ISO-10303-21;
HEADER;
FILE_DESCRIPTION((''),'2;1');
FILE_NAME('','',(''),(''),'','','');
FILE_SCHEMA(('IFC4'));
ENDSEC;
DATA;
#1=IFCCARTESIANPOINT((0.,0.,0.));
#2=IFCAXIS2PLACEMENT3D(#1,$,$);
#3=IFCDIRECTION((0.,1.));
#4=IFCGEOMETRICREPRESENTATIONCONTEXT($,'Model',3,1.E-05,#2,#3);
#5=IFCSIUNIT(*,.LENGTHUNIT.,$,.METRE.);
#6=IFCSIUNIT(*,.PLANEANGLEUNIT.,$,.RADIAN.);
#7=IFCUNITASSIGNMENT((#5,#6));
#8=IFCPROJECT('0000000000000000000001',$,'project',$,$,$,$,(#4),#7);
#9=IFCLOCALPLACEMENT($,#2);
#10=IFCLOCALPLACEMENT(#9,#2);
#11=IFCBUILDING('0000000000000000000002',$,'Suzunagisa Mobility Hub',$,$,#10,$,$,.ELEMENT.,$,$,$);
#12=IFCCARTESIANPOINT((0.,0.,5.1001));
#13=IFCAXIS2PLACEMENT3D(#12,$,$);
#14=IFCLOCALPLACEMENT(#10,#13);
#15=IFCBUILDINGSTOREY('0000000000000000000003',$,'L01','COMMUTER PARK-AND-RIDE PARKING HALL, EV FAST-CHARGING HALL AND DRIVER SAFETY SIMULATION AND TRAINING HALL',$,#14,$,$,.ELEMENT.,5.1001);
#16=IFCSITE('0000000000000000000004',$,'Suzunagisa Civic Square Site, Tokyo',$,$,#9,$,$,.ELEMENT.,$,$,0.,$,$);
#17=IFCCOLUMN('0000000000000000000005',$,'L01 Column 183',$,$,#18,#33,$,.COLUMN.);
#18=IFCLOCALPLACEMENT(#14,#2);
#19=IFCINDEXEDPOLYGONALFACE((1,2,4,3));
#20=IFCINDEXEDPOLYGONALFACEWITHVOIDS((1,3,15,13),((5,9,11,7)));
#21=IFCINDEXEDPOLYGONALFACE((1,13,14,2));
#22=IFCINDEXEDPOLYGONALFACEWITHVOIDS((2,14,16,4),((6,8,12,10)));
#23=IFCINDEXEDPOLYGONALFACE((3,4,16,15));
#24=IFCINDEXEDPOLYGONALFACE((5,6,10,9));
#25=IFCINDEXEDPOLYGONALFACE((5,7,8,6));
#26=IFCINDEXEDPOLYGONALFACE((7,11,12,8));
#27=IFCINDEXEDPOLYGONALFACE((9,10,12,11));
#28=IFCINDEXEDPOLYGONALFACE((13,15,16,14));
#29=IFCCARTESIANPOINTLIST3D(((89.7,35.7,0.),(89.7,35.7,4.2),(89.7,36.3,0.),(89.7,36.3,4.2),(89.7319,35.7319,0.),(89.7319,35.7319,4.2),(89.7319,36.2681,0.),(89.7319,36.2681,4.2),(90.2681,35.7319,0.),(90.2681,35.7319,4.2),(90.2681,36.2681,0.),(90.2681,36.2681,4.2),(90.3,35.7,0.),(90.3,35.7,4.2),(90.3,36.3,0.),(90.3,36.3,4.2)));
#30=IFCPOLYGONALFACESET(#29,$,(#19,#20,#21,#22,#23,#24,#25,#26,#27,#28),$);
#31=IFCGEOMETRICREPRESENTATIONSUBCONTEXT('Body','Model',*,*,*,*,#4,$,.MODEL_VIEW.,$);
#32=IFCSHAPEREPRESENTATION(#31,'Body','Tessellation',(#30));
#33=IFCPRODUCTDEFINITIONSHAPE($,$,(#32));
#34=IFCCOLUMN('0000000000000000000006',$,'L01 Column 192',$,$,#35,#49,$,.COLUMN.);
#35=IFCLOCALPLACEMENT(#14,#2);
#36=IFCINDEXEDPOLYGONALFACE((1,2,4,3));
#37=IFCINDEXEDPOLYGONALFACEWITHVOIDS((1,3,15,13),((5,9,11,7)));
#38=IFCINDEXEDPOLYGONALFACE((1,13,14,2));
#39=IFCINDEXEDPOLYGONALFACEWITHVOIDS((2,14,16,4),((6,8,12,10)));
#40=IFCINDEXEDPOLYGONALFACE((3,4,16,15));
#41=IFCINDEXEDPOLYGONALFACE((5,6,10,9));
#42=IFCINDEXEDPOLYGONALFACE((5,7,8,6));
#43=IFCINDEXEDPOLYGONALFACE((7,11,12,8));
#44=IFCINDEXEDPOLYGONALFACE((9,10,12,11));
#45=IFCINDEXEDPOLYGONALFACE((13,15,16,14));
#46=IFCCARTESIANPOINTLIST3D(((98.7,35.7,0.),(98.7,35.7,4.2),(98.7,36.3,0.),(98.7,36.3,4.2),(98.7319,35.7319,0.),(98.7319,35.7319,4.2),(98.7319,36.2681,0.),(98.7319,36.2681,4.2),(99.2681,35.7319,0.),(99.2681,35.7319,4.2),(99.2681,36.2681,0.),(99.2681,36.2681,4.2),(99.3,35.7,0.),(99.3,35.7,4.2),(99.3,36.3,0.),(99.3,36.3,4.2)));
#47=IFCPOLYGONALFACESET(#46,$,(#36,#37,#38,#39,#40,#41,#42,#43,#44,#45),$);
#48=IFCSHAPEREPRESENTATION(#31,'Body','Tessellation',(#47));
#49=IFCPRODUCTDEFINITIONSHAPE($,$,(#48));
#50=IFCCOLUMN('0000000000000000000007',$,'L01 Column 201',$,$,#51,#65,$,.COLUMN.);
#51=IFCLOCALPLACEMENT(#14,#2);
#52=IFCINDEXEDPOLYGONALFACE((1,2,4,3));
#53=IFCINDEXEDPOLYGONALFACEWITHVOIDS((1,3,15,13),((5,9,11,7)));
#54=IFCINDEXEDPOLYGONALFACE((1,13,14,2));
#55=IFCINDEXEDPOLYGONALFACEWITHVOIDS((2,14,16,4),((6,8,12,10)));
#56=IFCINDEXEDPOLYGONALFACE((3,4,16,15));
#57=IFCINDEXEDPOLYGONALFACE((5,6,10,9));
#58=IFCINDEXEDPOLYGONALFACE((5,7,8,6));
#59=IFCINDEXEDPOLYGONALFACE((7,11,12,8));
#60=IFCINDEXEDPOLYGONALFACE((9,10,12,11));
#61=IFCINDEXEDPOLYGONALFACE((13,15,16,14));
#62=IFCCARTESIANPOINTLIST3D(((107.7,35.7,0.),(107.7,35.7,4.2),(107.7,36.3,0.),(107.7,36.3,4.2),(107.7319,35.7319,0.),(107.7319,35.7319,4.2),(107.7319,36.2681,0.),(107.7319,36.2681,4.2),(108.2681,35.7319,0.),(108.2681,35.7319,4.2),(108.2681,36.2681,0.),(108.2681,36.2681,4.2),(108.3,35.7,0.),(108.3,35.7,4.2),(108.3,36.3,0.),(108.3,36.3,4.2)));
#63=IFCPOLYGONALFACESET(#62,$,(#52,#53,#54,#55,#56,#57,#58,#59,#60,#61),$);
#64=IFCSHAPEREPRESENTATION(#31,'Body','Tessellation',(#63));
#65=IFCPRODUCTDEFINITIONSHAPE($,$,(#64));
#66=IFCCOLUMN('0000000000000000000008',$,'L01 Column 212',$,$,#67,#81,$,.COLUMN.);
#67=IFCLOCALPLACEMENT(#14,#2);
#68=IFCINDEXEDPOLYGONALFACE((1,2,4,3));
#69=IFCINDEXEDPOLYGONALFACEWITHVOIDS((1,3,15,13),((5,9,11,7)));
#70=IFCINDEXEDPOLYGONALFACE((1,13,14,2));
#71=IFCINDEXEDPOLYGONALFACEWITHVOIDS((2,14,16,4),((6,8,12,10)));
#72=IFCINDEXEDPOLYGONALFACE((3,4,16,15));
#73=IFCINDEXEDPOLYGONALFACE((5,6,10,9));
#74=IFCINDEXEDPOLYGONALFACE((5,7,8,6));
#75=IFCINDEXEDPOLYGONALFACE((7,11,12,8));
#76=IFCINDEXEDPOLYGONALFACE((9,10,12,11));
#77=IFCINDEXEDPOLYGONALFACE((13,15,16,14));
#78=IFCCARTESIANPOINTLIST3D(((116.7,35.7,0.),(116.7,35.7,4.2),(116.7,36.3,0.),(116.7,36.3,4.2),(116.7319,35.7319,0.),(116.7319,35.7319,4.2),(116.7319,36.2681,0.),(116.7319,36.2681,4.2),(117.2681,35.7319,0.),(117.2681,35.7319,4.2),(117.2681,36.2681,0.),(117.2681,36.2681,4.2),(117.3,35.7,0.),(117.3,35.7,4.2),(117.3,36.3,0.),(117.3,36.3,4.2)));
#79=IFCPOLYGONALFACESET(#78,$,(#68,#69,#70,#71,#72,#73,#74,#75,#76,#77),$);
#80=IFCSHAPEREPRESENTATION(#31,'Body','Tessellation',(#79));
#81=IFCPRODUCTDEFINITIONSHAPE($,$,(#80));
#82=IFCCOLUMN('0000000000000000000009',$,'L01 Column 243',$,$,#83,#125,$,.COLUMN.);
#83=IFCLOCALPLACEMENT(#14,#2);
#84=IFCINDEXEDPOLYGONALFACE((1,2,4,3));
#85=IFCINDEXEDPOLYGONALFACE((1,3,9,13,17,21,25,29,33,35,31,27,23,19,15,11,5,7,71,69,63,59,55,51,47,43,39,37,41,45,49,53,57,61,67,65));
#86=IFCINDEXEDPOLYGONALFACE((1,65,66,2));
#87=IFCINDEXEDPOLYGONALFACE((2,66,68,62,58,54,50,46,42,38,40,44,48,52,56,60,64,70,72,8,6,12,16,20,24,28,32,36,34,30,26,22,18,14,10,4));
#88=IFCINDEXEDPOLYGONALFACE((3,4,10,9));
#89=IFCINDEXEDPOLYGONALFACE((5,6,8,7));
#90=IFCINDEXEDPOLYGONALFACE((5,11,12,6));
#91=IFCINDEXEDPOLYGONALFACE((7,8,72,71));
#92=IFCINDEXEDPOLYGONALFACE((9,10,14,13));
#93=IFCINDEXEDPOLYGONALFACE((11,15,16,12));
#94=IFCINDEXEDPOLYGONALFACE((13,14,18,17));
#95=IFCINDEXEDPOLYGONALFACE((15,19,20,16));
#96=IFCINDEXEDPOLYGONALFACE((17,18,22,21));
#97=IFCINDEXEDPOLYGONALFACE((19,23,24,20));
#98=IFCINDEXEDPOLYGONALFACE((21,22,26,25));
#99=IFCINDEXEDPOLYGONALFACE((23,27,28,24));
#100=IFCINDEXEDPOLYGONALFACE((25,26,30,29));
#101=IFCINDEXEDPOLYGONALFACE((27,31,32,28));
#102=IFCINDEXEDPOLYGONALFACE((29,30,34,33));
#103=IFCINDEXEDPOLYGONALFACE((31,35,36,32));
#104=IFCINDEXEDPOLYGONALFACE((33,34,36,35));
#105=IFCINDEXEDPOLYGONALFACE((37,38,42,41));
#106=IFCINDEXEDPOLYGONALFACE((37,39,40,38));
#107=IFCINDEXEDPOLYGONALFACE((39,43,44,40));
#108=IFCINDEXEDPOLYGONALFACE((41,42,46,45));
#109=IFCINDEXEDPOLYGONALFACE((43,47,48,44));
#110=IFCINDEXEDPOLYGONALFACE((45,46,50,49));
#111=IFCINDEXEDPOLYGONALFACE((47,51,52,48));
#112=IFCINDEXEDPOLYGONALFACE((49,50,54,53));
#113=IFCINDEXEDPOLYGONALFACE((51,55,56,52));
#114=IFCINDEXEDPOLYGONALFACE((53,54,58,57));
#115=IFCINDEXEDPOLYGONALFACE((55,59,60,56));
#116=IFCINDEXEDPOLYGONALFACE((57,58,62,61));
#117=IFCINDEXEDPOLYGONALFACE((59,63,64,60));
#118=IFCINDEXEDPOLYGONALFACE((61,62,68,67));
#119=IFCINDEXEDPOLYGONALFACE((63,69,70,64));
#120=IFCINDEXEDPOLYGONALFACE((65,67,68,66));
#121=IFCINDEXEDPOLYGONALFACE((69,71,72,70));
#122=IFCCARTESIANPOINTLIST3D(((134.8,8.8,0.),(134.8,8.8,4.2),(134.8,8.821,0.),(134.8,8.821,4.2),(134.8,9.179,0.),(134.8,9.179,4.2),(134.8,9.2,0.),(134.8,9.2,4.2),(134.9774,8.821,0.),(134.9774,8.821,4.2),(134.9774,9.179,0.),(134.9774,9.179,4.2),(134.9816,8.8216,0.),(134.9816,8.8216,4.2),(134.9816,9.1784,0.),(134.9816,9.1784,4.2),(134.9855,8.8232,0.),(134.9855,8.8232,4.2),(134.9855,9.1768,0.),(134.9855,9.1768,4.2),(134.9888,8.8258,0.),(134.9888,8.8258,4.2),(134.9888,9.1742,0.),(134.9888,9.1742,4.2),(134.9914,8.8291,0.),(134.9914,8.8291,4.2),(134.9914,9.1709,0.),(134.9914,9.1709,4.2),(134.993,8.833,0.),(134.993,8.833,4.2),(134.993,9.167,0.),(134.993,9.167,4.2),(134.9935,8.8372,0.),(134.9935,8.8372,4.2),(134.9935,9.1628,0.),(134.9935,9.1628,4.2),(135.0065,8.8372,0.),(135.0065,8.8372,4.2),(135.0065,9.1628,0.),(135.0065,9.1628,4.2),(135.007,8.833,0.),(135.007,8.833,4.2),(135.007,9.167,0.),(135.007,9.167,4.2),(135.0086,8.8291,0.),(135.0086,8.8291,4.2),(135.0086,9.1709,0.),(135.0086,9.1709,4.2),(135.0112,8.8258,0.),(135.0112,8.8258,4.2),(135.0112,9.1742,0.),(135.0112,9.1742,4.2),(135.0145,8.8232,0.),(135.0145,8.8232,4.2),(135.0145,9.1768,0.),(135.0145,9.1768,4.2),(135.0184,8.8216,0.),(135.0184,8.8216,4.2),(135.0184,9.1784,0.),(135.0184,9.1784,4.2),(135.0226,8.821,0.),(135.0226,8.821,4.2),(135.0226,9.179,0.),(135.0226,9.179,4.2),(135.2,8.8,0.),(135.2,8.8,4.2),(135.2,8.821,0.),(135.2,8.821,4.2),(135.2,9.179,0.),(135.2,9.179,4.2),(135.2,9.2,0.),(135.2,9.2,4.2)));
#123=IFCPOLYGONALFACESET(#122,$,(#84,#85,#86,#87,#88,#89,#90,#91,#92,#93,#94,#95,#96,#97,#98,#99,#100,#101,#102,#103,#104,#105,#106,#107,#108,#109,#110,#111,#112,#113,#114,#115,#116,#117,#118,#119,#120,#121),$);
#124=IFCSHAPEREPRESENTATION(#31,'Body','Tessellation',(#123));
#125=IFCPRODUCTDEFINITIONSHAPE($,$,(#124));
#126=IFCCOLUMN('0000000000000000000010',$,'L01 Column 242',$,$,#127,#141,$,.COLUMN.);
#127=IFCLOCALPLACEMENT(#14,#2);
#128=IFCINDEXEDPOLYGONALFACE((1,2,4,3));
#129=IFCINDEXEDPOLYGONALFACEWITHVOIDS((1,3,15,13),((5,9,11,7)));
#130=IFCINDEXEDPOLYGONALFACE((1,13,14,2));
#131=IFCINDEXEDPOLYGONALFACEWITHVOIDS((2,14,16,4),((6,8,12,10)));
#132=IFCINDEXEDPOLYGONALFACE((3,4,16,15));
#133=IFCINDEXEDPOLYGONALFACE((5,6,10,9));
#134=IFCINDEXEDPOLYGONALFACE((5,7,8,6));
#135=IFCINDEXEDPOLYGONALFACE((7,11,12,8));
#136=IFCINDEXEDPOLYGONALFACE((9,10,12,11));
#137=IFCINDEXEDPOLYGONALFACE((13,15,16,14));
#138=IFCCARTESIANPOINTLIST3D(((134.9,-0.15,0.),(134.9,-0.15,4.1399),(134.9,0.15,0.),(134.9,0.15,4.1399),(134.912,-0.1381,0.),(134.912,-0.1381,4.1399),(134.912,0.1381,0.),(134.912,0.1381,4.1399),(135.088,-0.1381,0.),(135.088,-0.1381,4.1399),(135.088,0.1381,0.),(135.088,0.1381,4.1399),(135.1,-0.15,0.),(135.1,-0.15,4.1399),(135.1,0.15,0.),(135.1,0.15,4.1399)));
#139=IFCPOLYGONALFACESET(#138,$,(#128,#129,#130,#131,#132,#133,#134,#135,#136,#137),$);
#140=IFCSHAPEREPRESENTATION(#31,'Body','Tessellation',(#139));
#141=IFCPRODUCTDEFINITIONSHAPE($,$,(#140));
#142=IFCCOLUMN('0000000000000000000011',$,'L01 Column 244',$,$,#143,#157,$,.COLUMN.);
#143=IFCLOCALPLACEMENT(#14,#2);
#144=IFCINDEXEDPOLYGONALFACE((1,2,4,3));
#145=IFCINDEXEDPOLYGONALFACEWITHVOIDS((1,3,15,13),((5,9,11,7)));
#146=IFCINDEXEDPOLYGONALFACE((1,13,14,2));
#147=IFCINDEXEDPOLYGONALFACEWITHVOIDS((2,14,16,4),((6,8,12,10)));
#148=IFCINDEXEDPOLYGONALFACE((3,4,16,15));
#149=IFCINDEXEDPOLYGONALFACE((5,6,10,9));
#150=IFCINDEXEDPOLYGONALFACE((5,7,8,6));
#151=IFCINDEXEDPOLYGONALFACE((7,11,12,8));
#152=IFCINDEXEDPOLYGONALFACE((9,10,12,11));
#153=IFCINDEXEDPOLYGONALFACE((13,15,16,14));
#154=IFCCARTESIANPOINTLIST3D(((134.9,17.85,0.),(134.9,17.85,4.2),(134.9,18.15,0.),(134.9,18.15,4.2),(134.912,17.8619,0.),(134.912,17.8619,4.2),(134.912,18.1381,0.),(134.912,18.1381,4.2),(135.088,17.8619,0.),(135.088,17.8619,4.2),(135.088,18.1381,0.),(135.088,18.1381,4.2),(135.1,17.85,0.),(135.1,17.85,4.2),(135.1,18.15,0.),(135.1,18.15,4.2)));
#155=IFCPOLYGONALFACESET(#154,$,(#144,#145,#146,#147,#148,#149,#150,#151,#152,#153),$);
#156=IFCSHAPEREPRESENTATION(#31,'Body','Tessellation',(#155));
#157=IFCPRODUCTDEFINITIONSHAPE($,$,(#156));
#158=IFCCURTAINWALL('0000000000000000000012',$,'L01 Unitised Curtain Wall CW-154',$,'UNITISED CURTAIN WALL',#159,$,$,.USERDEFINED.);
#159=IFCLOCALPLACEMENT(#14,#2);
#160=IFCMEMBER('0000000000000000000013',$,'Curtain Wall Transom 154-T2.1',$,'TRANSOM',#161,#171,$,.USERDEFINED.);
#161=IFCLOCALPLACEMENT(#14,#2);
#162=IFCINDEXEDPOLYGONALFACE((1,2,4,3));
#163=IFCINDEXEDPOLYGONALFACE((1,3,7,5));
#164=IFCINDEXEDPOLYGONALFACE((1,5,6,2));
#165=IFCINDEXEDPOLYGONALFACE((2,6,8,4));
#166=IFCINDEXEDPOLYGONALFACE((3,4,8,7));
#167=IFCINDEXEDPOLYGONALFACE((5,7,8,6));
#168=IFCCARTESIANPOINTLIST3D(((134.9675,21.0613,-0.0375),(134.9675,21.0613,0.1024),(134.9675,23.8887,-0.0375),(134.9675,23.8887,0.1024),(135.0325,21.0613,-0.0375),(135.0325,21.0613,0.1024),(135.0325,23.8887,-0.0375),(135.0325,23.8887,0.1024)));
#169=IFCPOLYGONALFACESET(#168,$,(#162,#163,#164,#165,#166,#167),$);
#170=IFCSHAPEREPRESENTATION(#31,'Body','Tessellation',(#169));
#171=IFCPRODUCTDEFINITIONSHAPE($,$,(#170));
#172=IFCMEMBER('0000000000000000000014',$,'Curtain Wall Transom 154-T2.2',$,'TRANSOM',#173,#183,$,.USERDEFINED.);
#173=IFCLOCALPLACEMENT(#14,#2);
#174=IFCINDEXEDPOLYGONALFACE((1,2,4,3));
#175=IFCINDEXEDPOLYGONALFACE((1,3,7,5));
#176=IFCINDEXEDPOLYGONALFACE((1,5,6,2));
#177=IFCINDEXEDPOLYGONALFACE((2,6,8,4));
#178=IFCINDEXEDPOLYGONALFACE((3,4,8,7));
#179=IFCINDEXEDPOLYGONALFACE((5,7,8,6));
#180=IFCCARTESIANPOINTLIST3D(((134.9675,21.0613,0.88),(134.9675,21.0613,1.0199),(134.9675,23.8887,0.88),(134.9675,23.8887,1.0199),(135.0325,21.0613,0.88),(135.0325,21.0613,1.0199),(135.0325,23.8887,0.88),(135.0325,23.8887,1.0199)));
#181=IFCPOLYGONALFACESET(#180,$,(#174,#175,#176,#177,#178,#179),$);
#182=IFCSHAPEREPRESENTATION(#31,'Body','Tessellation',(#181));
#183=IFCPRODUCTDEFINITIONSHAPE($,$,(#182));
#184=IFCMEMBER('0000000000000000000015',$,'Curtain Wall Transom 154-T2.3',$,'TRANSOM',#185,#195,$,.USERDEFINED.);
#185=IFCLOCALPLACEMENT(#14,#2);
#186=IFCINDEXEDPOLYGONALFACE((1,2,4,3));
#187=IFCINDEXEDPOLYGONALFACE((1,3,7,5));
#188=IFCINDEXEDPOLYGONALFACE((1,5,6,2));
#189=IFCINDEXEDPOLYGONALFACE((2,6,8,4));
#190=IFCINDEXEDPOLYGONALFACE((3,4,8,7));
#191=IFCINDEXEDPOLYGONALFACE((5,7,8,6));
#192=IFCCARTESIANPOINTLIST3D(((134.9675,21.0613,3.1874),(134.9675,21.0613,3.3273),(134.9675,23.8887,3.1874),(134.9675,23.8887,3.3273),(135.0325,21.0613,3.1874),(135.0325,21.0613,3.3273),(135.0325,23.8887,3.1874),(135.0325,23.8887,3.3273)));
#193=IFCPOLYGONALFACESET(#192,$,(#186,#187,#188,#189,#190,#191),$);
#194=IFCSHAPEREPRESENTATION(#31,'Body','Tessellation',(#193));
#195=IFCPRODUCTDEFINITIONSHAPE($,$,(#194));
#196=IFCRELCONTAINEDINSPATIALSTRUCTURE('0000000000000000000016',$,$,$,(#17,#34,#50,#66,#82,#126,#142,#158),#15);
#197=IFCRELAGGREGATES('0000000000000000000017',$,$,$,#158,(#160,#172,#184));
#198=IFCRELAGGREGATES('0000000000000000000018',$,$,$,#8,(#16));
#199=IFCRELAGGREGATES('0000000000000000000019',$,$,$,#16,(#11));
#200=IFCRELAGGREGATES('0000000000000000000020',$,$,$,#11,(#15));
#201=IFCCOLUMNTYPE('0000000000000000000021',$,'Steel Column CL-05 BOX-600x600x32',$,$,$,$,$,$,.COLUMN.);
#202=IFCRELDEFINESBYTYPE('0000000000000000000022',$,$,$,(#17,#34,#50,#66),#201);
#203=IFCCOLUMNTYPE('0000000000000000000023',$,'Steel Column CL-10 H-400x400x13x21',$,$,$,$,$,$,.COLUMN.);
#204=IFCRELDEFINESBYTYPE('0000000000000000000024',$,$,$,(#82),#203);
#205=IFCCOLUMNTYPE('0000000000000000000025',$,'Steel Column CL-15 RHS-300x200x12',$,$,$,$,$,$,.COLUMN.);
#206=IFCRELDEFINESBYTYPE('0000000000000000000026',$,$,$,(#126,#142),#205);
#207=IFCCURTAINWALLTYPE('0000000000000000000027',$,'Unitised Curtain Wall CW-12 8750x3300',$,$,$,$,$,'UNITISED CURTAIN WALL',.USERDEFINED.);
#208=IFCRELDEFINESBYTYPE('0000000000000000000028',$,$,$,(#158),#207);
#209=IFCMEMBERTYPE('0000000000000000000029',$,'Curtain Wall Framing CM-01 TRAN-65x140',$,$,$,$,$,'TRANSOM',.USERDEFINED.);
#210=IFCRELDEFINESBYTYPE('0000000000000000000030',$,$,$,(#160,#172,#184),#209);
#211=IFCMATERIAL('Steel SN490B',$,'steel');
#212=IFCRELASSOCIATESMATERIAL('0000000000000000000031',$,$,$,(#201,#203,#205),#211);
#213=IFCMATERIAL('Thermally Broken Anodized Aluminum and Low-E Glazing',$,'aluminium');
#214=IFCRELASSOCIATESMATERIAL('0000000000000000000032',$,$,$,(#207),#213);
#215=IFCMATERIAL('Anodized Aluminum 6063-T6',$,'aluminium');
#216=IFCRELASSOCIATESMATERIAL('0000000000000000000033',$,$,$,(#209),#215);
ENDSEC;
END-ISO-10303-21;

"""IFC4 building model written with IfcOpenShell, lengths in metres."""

from ifc_helpers import new_model, si_unit, direction, frame, origin, origin_2d, place, context, subcontext, project, spatial, rectangle, hollow_rectangle, i_section, extrude, material, material_profile, profile_set, type_object, element, aggregate, save


model = new_model("IFC4")

# Units and contexts
model_context = context("Model", 3, precision=1e-05, world=origin(), true_north=direction((0.0, 1.0)))
body_context = subcontext(model_context, "Body", "Model", "MODEL_VIEW")
ifc_project = project(units=[si_unit("LENGTHUNIT", "METRE"), si_unit("PLANEANGLEUNIT", "RADIAN")], contexts=[model_context])

# Site, building, storey
site_placement = place(None, origin())
site = spatial("IfcSite", under=ifc_project, at=site_placement, Name="Suzunagisa Civic Square Site, Tokyo", CompositionType="ELEMENT", RefElevation=0.0)
building_placement = place(site_placement, origin())
building = spatial("IfcBuilding", under=site, at=building_placement, Name="Suzunagisa Mobility Hub", CompositionType="ELEMENT")
storey_placement = place(building_placement, frame((0.0, 0.0, 5.1001)))
storey = spatial("IfcBuildingStorey", under=building, at=storey_placement, Name="L01", Description="COMMUTER PARK-AND-RIDE PARKING HALL, EV FAST-CHARGING HALL AND DRIVER SAFETY SIMULATION AND TRAINING HALL", CompositionType="ELEMENT", Elevation=5.1001)

# Columns
ifc_material_1 = material(Name="Steel SN490B", Category="steel")
ifc_material_profile_1 = material_profile(ifc_material_1, hollow_rectangle(XDim=0.6001, YDim=0.6001, WallThickness=0.032, at=origin_2d()), Name="BOX-600x600x32")
ifc_profile_set_1 = profile_set([ifc_material_profile_1], Name="Steel SN490B")
column_type_1 = type_object("IfcColumnType", Name="Steel Column CL-05 BOX-600x600x32", PredefinedType="COLUMN", material=ifc_profile_set_1)
for number, where, z_axis, x_axis, name in (
    (1, (90.0, 36.0, 0.0), (0.0, 0.0, 1.0), (1.0, 0.0, 0.0), "L01 Column 183"),
    (2, (99.0, 36.0, 0.0), (0.0, 0.0, 1.0), (1.0, 0.0, 0.0), "L01 Column 192"),
    (3, (108.0, 36.0, 0.0), (0.0, 0.0, 1.0), (1.0, 0.0, 0.0), "L01 Column 201"),
    (4, (117.0, 36.0, 0.0), (0.0, 0.0, 1.0), (1.0, 0.0, 0.0), "L01 Column 212"),
):
    element("IfcColumn", number, at=place(storey_placement, frame(where, z_axis=z_axis, x_axis=x_axis)), inside=storey, type_object=column_type_1, Name=name, PredefinedType="COLUMN", context=body_context, shape_type="SweptSolid", body=[
        extrude(hollow_rectangle(XDim=0.6001, YDim=0.6001, WallThickness=0.032, at=origin_2d()), origin(), (0.0, 0.0, 1.0), 4.2),
    ])
ifc_material_profile_2 = material_profile(ifc_material_1, i_section(OverallWidth=0.3999, OverallDepth=0.3999, WebThickness=0.0129, FlangeThickness=0.021, FilletRadius=0.0161, at=origin_2d()), Name="H-400x400x13x21")
ifc_profile_set_2 = profile_set([ifc_material_profile_2], Name="Steel SN490B")
column_type_2 = type_object("IfcColumnType", Name="Steel Column CL-10 H-400x400x13x21", PredefinedType="COLUMN", material=ifc_profile_set_2)
column_1_placement = place(storey_placement, frame((135.0, 9.0, 0.0), z_axis=(0.0, 0.0, 1.0), x_axis=(1.0, 0.0, 0.0)))
element("IfcColumn", 5, at=column_1_placement, inside=storey, type_object=column_type_2, Name="L01 Column 243", PredefinedType="COLUMN", context=body_context, shape_type="SweptSolid", body=[
    extrude(i_section(OverallWidth=0.3999, OverallDepth=0.3999, WebThickness=0.0129, FlangeThickness=0.021, FilletRadius=0.0161, at=origin_2d()), origin(), (0.0, 0.0, 1.0), 4.2),
])
ifc_material_profile_3 = material_profile(ifc_material_1, hollow_rectangle(XDim=0.2, YDim=0.3, WallThickness=0.012, at=origin_2d()), Name="RHS-300x200x12")
ifc_profile_set_3 = profile_set([ifc_material_profile_3], Name="Steel SN490B")
column_type_3 = type_object("IfcColumnType", Name="Steel Column CL-15 RHS-300x200x12", PredefinedType="COLUMN", material=ifc_profile_set_3)
column_2_placement = place(storey_placement, frame((135.0, 0.0, 0.0), z_axis=(0.0, 0.0, 1.0), x_axis=(1.0, 0.0, 0.0)))
element("IfcColumn", 6, at=column_2_placement, inside=storey, type_object=column_type_3, Name="L01 Column 242", PredefinedType="COLUMN", context=body_context, shape_type="SweptSolid", body=[
    extrude(hollow_rectangle(XDim=0.2, YDim=0.3, WallThickness=0.012, at=origin_2d()), origin(), (0.0, 0.0, 1.0), 4.1399),
])
column_3_placement = place(storey_placement, frame((135.0, 18.0, 0.0), z_axis=(0.0, 0.0, 1.0), x_axis=(1.0, 0.0, 0.0)))
element("IfcColumn", 7, at=column_3_placement, inside=storey, type_object=column_type_3, Name="L01 Column 244", PredefinedType="COLUMN", context=body_context, shape_type="SweptSolid", body=[
    extrude(hollow_rectangle(XDim=0.2, YDim=0.3, WallThickness=0.012, at=origin_2d()), origin(), (0.0, 0.0, 1.0), 4.2),
])

# Curtain wall, members
ifc_material_2 = material(Name="Thermally Broken Anodized Aluminum and Low-E Glazing", Category="aluminium")
curtain_wall_type = type_object("IfcCurtainWallType", Name="Unitised Curtain Wall CW-12 8750x3300", ElementType="UNITISED CURTAIN WALL", PredefinedType="USERDEFINED", material=ifc_material_2)
curtain_wall_placement = place(storey_placement, origin())
curtain_wall = element("IfcCurtainWall", 8, at=curtain_wall_placement, inside=storey, type_object=curtain_wall_type, Name="L01 Unitised Curtain Wall CW-154", ObjectType="UNITISED CURTAIN WALL", PredefinedType="USERDEFINED")
ifc_material_3 = material(Name="Anodized Aluminum 6063-T6", Category="aluminium")
ifc_material_profile_4 = material_profile(ifc_material_3, rectangle(XDim=0.0649, YDim=0.1399, at=origin_2d()), Name="TRAN-65x140")
ifc_profile_set_4 = profile_set([ifc_material_profile_4], Name="Anodized Aluminum 6063-T6")
member_type_1 = type_object("IfcMemberType", Name="Curtain Wall Framing CM-01 TRAN-65x140", ElementType="TRANSOM", PredefinedType="USERDEFINED", material=ifc_profile_set_4)
member_1_placement = place(storey_placement, frame((135.0, 23.8887, 0.0325), z_axis=(0.0, -1.0, 0.0), x_axis=(1.0, 0.0, 0.0)))
member_1 = element("IfcMember", 9, at=member_1_placement, type_object=member_type_1, Name="Curtain Wall Transom 154-T2.1", ObjectType="TRANSOM", PredefinedType="USERDEFINED", context=body_context, shape_type="SweptSolid", body=[
    extrude(rectangle(XDim=0.0649, YDim=0.1399, at=origin_2d()), origin(), (0.0, 0.0, 1.0), 2.8274),
])
member_2_placement = place(storey_placement, frame((135.0, 23.8887, 0.95), z_axis=(0.0, -1.0, 0.0), x_axis=(1.0, 0.0, 0.0)))
member_2 = element("IfcMember", 10, at=member_2_placement, type_object=member_type_1, Name="Curtain Wall Transom 154-T2.2", ObjectType="TRANSOM", PredefinedType="USERDEFINED", context=body_context, shape_type="SweptSolid", body=[
    extrude(rectangle(XDim=0.0649, YDim=0.1399, at=origin_2d()), origin(), (0.0, 0.0, 1.0), 2.8274),
])
member_3_placement = place(storey_placement, frame((135.0, 23.8887, 3.2573), z_axis=(0.0, -1.0, 0.0), x_axis=(1.0, 0.0, 0.0)))
member_3 = element("IfcMember", 11, at=member_3_placement, type_object=member_type_1, Name="Curtain Wall Transom 154-T2.3", ObjectType="TRANSOM", PredefinedType="USERDEFINED", context=body_context, shape_type="SweptSolid", body=[
    extrude(rectangle(XDim=0.0649, YDim=0.1399, at=origin_2d()), origin(), (0.0, 0.0, 1.0), 2.8274),
])

aggregate(curtain_wall, [member_1, member_2, member_3])

save(model, "model.ifc")
